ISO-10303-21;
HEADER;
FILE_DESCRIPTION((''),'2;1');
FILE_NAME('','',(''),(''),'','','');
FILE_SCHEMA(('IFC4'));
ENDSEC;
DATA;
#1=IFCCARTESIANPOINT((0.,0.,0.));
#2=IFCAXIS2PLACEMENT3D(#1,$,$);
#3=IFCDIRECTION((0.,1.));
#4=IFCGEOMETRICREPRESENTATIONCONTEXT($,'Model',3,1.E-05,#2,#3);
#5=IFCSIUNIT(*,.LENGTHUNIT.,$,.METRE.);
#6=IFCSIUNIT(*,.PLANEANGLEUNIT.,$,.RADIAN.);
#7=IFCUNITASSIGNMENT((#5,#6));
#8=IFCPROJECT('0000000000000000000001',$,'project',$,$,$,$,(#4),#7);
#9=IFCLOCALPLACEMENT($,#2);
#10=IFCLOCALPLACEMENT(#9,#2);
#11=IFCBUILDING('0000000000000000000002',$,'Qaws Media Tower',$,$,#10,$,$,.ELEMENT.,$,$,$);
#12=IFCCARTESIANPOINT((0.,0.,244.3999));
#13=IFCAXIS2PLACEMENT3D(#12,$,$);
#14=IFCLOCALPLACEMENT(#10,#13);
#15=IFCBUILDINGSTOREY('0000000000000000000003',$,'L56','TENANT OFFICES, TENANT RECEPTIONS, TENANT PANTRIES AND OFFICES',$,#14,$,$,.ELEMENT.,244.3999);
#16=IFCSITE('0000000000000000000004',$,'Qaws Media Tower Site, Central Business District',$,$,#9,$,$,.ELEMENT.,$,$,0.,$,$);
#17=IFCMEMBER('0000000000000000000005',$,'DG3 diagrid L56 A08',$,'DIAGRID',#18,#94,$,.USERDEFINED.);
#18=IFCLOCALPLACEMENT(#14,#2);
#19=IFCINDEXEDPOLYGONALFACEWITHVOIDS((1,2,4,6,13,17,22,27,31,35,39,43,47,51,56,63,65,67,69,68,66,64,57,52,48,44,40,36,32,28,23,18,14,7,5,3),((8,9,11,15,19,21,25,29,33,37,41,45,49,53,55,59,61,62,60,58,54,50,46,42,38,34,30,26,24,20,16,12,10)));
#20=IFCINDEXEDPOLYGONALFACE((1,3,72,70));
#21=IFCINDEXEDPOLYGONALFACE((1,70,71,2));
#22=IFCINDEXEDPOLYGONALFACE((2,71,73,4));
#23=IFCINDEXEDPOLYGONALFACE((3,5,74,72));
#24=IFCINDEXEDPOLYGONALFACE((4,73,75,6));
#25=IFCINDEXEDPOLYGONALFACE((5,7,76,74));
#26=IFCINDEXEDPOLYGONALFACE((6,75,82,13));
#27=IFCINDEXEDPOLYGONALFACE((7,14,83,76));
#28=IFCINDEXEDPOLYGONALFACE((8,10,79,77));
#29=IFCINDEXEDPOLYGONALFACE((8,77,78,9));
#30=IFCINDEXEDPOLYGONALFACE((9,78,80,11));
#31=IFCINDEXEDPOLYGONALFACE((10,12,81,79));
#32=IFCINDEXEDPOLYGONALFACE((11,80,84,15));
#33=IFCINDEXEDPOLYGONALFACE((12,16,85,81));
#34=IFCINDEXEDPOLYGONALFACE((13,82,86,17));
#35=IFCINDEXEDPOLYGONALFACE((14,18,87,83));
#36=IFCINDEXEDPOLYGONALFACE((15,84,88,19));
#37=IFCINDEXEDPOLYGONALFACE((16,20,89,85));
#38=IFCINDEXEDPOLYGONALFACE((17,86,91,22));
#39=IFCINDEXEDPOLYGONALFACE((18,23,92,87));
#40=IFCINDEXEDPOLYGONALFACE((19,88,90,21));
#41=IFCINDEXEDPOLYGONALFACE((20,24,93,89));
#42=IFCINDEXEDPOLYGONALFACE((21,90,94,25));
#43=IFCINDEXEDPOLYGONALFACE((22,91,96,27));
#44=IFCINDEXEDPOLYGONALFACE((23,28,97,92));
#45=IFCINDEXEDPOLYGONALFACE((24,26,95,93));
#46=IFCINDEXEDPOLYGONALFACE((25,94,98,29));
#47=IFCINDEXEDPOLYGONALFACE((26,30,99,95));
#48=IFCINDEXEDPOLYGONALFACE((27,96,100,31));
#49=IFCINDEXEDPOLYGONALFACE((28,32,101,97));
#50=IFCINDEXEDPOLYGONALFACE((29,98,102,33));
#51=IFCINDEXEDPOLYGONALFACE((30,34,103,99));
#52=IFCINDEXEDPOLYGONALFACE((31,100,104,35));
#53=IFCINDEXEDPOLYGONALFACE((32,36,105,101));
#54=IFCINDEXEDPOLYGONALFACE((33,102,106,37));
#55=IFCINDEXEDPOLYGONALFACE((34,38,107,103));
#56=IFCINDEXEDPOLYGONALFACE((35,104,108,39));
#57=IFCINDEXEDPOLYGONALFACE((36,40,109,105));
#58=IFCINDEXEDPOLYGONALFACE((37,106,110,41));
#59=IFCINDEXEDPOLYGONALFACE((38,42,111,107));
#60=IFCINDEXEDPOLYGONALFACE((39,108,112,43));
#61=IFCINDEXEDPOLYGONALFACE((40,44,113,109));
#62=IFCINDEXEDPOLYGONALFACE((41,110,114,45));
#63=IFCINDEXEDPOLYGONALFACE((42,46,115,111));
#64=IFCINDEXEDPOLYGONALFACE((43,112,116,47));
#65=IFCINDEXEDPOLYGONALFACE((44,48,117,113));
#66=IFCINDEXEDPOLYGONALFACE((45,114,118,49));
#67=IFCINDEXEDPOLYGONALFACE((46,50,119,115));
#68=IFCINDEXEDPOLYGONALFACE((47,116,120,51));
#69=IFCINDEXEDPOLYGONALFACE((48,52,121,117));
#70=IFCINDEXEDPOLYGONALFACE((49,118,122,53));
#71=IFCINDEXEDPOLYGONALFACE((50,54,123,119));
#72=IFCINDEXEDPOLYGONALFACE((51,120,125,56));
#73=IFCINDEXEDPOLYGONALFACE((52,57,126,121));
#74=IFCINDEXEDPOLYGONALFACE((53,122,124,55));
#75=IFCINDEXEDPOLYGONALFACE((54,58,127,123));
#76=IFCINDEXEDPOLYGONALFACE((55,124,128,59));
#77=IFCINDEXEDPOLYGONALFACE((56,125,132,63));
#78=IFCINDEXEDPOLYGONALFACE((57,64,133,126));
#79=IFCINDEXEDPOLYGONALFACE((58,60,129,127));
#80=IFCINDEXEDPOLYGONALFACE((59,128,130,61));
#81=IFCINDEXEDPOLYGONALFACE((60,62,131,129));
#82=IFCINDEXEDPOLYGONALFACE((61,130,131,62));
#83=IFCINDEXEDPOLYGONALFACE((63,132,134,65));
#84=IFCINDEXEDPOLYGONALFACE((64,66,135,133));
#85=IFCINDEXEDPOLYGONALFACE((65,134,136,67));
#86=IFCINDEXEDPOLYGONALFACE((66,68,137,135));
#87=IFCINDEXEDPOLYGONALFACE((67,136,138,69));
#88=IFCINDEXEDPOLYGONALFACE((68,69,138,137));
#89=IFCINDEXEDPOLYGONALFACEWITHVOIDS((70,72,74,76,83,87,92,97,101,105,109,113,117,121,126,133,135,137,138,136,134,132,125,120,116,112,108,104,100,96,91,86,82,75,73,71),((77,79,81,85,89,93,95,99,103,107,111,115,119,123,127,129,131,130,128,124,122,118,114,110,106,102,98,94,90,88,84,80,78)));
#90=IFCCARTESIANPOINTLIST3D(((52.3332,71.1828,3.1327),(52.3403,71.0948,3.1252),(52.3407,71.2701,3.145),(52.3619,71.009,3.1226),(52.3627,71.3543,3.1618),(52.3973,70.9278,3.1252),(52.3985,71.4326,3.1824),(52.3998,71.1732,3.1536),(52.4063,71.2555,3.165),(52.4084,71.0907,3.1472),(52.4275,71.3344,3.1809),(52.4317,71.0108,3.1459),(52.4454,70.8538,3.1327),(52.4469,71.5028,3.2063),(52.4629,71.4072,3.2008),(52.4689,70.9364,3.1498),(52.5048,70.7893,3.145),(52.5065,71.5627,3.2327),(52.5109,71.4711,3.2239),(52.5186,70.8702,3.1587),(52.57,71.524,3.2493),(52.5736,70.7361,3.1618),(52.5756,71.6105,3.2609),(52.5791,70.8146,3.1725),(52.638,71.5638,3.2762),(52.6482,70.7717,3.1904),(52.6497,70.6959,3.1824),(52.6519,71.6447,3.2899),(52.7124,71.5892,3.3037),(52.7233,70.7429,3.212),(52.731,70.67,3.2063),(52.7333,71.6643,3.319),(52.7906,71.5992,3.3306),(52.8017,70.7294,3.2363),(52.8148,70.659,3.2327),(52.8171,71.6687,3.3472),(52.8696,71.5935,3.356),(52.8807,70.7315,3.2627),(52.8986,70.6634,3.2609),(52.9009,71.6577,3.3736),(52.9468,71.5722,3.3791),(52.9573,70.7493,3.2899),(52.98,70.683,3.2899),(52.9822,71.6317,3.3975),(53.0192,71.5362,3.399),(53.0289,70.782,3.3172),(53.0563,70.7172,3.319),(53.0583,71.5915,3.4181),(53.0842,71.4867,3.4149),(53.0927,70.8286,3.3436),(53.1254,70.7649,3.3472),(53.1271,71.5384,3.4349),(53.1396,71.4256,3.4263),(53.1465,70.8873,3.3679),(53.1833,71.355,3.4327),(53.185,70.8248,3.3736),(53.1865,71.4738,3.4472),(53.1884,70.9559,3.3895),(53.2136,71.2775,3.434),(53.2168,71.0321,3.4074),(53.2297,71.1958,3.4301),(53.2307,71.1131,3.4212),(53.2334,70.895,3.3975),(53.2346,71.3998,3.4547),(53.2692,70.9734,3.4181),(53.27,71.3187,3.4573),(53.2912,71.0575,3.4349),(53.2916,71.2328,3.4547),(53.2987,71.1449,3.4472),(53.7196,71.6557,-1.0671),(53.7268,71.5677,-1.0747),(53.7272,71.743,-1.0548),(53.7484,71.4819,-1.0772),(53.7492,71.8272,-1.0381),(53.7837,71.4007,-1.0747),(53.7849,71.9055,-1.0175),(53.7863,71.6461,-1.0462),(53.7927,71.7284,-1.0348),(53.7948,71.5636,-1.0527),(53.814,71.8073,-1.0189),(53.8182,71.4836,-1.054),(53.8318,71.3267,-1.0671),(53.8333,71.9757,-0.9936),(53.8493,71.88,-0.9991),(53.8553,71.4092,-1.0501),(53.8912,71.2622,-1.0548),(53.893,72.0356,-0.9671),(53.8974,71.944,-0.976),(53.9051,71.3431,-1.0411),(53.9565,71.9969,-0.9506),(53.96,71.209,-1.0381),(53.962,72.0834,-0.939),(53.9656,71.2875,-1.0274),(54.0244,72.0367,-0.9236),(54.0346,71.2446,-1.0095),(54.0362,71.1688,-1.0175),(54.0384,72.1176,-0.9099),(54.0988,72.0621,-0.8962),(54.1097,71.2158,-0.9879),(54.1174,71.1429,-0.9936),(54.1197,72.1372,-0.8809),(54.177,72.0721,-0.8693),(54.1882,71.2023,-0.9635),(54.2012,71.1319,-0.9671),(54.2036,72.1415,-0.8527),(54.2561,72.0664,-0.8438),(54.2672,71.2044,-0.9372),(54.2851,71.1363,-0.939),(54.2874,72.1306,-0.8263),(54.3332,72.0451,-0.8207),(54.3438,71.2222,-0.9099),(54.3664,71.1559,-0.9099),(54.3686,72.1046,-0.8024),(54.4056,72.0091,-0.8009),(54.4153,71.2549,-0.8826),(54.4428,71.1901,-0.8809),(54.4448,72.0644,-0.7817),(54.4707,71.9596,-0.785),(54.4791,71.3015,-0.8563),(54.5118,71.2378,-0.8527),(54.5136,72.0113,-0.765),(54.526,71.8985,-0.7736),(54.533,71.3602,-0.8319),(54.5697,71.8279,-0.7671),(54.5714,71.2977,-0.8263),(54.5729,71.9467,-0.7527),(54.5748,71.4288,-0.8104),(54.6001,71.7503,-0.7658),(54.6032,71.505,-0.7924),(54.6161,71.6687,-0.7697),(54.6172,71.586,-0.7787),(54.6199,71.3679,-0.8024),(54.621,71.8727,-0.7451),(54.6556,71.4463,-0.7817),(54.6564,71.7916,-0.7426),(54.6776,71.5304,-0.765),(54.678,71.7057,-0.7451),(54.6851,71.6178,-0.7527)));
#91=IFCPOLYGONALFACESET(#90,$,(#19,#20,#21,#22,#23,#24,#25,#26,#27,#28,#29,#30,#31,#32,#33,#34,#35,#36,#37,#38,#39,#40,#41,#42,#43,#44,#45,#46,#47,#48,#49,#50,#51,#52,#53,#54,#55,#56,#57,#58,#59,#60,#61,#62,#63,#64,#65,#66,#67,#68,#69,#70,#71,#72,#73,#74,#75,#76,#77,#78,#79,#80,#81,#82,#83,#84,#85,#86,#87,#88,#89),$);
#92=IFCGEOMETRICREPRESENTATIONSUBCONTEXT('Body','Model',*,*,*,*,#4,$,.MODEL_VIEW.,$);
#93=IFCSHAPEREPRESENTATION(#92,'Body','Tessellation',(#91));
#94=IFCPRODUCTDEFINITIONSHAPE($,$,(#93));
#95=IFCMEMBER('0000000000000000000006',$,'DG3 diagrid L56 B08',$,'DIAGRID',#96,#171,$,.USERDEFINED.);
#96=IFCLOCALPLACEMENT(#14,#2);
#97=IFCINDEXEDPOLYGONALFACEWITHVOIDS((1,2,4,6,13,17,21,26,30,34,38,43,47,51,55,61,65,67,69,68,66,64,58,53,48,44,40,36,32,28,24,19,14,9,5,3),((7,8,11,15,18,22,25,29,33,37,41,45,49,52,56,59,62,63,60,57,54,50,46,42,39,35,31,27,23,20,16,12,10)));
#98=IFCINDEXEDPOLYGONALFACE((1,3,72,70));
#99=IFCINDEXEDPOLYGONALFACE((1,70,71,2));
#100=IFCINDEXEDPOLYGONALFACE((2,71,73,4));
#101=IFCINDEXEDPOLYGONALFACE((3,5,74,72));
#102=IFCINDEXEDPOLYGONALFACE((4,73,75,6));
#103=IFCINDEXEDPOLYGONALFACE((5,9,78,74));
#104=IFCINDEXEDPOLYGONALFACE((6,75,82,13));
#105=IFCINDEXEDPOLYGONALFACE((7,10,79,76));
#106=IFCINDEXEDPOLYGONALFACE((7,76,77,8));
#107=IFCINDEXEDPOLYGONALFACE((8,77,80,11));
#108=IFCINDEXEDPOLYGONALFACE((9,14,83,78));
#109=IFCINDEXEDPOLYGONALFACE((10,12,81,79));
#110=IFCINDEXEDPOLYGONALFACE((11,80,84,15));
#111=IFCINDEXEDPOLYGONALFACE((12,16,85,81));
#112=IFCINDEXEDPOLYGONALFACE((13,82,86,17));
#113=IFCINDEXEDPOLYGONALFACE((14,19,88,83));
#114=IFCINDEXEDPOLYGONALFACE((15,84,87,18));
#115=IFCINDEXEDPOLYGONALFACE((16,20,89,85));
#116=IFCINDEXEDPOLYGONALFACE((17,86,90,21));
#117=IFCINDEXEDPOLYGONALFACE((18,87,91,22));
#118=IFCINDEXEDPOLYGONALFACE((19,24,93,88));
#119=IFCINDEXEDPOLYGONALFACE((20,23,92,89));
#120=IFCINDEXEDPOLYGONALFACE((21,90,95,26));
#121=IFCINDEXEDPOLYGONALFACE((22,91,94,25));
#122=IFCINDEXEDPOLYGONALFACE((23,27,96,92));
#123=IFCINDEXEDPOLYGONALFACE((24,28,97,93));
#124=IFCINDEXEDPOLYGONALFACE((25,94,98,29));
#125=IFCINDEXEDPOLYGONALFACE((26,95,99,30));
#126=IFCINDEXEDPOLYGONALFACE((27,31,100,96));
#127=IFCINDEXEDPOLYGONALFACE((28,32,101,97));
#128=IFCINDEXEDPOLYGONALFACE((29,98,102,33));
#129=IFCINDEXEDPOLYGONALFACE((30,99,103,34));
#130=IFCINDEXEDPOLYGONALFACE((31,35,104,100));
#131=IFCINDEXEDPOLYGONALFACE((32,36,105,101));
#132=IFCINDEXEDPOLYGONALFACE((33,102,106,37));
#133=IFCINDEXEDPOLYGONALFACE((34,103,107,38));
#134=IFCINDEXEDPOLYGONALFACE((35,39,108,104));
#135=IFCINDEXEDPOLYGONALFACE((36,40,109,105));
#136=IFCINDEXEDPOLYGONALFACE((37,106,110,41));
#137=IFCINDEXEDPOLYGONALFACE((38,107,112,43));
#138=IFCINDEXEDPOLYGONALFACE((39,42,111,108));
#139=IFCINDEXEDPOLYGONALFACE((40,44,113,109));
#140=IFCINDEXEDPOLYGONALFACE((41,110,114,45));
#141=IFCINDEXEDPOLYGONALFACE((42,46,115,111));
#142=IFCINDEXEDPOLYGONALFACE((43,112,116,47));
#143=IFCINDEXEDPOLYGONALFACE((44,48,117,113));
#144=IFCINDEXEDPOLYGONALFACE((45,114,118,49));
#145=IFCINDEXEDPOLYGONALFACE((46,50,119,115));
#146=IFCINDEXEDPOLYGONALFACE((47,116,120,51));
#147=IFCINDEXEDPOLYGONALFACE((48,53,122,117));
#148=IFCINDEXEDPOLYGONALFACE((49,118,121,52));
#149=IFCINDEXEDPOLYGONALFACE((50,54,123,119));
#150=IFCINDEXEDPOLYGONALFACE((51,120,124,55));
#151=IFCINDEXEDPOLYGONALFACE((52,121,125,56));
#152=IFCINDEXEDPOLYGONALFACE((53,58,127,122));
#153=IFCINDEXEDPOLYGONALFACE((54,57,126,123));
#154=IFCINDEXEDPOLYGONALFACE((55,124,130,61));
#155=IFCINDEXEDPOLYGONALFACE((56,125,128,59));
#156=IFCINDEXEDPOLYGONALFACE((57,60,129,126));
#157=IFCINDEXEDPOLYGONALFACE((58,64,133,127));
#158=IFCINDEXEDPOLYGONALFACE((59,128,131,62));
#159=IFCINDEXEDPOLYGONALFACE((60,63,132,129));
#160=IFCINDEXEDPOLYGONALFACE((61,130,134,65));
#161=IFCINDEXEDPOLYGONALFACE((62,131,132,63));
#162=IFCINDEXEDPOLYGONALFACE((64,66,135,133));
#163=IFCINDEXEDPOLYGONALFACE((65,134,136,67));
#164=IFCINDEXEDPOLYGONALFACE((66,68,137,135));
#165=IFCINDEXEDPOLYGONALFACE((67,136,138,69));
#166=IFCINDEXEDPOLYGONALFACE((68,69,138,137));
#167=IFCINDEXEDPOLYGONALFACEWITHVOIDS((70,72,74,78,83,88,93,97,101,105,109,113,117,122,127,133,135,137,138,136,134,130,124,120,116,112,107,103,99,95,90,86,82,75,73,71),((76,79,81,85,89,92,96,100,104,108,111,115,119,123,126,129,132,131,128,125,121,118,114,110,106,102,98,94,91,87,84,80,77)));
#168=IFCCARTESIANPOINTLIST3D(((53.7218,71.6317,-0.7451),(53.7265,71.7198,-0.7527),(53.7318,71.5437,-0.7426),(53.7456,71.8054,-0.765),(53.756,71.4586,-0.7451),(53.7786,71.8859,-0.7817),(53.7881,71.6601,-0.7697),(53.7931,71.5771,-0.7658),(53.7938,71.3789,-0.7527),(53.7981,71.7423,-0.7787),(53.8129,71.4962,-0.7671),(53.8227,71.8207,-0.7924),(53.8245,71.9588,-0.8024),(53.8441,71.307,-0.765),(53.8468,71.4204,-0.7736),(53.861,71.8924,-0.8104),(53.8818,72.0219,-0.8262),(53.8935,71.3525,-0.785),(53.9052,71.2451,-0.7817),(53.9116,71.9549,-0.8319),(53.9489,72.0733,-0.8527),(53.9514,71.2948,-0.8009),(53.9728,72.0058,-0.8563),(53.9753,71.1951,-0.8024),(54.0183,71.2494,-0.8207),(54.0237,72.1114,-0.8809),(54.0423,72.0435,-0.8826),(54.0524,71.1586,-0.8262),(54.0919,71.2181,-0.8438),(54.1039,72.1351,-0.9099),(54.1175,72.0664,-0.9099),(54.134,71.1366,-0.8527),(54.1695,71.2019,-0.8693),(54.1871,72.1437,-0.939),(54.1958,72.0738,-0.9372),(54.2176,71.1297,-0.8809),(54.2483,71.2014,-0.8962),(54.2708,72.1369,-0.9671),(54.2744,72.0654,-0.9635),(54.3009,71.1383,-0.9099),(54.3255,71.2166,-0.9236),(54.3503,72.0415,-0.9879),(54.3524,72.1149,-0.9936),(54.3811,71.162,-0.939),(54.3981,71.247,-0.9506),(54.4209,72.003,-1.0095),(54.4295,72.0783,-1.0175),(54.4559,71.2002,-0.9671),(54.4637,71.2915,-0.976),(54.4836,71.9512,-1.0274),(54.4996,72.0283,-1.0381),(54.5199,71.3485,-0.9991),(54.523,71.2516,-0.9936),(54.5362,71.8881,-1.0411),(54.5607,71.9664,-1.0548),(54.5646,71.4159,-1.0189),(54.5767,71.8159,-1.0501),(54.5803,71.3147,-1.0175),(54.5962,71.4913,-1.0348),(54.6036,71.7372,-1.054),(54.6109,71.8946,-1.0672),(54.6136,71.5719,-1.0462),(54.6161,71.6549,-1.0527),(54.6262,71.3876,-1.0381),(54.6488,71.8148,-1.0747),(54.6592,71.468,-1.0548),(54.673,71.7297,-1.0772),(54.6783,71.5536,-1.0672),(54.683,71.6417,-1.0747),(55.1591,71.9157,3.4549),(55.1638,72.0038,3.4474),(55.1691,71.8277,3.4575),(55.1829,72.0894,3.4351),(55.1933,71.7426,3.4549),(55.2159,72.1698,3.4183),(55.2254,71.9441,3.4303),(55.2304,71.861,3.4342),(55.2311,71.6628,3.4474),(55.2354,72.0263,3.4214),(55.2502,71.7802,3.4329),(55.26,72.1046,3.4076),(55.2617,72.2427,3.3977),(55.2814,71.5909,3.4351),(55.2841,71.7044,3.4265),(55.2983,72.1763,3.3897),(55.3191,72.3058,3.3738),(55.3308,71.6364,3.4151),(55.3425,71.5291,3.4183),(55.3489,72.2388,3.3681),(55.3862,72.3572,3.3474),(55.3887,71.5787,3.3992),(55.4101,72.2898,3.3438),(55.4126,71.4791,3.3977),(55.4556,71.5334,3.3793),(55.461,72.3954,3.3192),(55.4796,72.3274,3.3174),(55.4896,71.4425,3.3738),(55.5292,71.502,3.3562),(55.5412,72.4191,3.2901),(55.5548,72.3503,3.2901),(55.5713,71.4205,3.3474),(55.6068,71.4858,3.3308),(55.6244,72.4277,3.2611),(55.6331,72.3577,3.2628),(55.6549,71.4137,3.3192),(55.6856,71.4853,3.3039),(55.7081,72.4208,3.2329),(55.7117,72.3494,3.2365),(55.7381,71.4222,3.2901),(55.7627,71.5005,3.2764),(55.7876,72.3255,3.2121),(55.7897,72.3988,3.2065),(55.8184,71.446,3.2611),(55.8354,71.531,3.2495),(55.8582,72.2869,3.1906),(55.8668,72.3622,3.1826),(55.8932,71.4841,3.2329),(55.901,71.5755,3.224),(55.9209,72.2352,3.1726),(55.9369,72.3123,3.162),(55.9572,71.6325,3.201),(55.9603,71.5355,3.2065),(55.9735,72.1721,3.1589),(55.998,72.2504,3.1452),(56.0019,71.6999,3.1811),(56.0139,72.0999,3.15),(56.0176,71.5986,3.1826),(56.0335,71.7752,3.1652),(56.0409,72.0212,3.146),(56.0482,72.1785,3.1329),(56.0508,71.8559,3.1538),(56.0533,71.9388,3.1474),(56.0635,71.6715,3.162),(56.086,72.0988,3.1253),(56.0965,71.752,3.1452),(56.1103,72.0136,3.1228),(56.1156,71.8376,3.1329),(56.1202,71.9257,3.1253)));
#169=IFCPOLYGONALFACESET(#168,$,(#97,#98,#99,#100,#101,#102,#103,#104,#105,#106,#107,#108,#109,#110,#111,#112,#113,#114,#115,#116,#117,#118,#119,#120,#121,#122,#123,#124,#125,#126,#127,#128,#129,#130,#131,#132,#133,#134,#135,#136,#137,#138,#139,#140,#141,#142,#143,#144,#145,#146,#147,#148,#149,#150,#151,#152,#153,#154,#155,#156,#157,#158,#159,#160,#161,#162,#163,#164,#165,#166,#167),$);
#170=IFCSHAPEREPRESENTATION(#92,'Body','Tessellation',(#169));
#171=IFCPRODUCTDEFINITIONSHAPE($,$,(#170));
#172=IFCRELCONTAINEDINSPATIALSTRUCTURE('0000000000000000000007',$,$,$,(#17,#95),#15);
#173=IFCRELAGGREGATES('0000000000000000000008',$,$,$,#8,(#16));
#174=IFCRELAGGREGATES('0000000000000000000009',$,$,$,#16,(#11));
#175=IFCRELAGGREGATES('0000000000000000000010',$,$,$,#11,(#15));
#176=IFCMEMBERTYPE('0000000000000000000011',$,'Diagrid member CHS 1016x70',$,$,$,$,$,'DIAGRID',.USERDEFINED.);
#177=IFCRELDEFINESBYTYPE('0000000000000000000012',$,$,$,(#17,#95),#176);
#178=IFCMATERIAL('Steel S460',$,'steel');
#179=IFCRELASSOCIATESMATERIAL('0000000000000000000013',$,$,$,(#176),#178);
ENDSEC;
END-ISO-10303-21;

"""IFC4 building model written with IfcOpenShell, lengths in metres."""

from ifc_helpers import new_model, si_unit, direction, frame, origin, origin_2d, place, context, subcontext, project, spatial, hollow_circle, extrude, material, material_profile, profile_set, type_object, element, save


model = new_model("IFC4")

# Units and contexts
model_context = context("Model", 3, precision=1e-05, world=origin(), true_north=direction((0.0, 1.0)))
body_context = subcontext(model_context, "Body", "Model", "MODEL_VIEW")
ifc_project = project(units=[si_unit("LENGTHUNIT", "METRE"), si_unit("PLANEANGLEUNIT", "RADIAN")], contexts=[model_context])

# Site, building, storey
site_placement = place(None, origin())
site = spatial("IfcSite", under=ifc_project, at=site_placement, Name="Qaws Media Tower Site, Central Business District", CompositionType="ELEMENT", RefElevation=0.0)
building_placement = place(site_placement, origin())
building = spatial("IfcBuilding", under=site, at=building_placement, Name="Qaws Media Tower", CompositionType="ELEMENT")
storey_placement = place(building_placement, frame((0.0, 0.0, 244.3999)))
storey = spatial("IfcBuildingStorey", under=building, at=storey_placement, Name="L56", Description="TENANT OFFICES, TENANT RECEPTIONS, TENANT PANTRIES AND OFFICES", CompositionType="ELEMENT", Elevation=244.3999)

# Members
ifc_material_1 = material(Name="Steel S460", Category="steel")
ifc_material_profile_1 = material_profile(ifc_material_1, hollow_circle(Radius=0.5081, WallThickness=0.0701, at=origin_2d()), Name="CHS 1016x70")
ifc_profile_set_1 = profile_set([ifc_material_profile_1], Name="Steel S460")
member_type_1 = type_object("IfcMemberType", Name="Diagrid member CHS 1016x70", ElementType="DIAGRID", PredefinedType="USERDEFINED", material=ifc_profile_set_1)
member_1_placement = place(storey_placement, frame((54.2024, 71.6367, -0.9099), z_axis=(-0.311701, -0.106315, 0.944214), x_axis=(0.32282, -0.94646, 0.0)))
element("IfcMember", 1, at=member_1_placement, inside=storey, type_object=member_type_1, Name="DG3 diagrid L56 A08", ObjectType="DIAGRID", PredefinedType="USERDEFINED", context=body_context, shape_type="SweptSolid", body=[
    extrude(hollow_circle(Radius=0.5081, WallThickness=0.0701, at=origin_2d()), origin(), (0.0, 0.0, 1.0), 4.448),
])
for number, where, z_axis, x_axis, name in (
    (2, (54.2024, 71.6367, -0.9099), (0.323114, 0.063832, 0.944205), (-0.193808, 0.981039, 0.0), "DG3 diagrid L56 B08"),
):
    element("IfcMember", number, at=place(storey_placement, frame(where, z_axis=z_axis, x_axis=x_axis)), inside=storey, type_object=member_type_1, Name=name, ObjectType="DIAGRID", PredefinedType="USERDEFINED", context=body_context, shape_type="SweptSolid", body=[
        extrude(hollow_circle(Radius=0.5081, WallThickness=0.0701, at=origin_2d()), origin(), (0.0, 0.0, 1.0), 4.4482),
    ])

save(model, "model.ifc")
